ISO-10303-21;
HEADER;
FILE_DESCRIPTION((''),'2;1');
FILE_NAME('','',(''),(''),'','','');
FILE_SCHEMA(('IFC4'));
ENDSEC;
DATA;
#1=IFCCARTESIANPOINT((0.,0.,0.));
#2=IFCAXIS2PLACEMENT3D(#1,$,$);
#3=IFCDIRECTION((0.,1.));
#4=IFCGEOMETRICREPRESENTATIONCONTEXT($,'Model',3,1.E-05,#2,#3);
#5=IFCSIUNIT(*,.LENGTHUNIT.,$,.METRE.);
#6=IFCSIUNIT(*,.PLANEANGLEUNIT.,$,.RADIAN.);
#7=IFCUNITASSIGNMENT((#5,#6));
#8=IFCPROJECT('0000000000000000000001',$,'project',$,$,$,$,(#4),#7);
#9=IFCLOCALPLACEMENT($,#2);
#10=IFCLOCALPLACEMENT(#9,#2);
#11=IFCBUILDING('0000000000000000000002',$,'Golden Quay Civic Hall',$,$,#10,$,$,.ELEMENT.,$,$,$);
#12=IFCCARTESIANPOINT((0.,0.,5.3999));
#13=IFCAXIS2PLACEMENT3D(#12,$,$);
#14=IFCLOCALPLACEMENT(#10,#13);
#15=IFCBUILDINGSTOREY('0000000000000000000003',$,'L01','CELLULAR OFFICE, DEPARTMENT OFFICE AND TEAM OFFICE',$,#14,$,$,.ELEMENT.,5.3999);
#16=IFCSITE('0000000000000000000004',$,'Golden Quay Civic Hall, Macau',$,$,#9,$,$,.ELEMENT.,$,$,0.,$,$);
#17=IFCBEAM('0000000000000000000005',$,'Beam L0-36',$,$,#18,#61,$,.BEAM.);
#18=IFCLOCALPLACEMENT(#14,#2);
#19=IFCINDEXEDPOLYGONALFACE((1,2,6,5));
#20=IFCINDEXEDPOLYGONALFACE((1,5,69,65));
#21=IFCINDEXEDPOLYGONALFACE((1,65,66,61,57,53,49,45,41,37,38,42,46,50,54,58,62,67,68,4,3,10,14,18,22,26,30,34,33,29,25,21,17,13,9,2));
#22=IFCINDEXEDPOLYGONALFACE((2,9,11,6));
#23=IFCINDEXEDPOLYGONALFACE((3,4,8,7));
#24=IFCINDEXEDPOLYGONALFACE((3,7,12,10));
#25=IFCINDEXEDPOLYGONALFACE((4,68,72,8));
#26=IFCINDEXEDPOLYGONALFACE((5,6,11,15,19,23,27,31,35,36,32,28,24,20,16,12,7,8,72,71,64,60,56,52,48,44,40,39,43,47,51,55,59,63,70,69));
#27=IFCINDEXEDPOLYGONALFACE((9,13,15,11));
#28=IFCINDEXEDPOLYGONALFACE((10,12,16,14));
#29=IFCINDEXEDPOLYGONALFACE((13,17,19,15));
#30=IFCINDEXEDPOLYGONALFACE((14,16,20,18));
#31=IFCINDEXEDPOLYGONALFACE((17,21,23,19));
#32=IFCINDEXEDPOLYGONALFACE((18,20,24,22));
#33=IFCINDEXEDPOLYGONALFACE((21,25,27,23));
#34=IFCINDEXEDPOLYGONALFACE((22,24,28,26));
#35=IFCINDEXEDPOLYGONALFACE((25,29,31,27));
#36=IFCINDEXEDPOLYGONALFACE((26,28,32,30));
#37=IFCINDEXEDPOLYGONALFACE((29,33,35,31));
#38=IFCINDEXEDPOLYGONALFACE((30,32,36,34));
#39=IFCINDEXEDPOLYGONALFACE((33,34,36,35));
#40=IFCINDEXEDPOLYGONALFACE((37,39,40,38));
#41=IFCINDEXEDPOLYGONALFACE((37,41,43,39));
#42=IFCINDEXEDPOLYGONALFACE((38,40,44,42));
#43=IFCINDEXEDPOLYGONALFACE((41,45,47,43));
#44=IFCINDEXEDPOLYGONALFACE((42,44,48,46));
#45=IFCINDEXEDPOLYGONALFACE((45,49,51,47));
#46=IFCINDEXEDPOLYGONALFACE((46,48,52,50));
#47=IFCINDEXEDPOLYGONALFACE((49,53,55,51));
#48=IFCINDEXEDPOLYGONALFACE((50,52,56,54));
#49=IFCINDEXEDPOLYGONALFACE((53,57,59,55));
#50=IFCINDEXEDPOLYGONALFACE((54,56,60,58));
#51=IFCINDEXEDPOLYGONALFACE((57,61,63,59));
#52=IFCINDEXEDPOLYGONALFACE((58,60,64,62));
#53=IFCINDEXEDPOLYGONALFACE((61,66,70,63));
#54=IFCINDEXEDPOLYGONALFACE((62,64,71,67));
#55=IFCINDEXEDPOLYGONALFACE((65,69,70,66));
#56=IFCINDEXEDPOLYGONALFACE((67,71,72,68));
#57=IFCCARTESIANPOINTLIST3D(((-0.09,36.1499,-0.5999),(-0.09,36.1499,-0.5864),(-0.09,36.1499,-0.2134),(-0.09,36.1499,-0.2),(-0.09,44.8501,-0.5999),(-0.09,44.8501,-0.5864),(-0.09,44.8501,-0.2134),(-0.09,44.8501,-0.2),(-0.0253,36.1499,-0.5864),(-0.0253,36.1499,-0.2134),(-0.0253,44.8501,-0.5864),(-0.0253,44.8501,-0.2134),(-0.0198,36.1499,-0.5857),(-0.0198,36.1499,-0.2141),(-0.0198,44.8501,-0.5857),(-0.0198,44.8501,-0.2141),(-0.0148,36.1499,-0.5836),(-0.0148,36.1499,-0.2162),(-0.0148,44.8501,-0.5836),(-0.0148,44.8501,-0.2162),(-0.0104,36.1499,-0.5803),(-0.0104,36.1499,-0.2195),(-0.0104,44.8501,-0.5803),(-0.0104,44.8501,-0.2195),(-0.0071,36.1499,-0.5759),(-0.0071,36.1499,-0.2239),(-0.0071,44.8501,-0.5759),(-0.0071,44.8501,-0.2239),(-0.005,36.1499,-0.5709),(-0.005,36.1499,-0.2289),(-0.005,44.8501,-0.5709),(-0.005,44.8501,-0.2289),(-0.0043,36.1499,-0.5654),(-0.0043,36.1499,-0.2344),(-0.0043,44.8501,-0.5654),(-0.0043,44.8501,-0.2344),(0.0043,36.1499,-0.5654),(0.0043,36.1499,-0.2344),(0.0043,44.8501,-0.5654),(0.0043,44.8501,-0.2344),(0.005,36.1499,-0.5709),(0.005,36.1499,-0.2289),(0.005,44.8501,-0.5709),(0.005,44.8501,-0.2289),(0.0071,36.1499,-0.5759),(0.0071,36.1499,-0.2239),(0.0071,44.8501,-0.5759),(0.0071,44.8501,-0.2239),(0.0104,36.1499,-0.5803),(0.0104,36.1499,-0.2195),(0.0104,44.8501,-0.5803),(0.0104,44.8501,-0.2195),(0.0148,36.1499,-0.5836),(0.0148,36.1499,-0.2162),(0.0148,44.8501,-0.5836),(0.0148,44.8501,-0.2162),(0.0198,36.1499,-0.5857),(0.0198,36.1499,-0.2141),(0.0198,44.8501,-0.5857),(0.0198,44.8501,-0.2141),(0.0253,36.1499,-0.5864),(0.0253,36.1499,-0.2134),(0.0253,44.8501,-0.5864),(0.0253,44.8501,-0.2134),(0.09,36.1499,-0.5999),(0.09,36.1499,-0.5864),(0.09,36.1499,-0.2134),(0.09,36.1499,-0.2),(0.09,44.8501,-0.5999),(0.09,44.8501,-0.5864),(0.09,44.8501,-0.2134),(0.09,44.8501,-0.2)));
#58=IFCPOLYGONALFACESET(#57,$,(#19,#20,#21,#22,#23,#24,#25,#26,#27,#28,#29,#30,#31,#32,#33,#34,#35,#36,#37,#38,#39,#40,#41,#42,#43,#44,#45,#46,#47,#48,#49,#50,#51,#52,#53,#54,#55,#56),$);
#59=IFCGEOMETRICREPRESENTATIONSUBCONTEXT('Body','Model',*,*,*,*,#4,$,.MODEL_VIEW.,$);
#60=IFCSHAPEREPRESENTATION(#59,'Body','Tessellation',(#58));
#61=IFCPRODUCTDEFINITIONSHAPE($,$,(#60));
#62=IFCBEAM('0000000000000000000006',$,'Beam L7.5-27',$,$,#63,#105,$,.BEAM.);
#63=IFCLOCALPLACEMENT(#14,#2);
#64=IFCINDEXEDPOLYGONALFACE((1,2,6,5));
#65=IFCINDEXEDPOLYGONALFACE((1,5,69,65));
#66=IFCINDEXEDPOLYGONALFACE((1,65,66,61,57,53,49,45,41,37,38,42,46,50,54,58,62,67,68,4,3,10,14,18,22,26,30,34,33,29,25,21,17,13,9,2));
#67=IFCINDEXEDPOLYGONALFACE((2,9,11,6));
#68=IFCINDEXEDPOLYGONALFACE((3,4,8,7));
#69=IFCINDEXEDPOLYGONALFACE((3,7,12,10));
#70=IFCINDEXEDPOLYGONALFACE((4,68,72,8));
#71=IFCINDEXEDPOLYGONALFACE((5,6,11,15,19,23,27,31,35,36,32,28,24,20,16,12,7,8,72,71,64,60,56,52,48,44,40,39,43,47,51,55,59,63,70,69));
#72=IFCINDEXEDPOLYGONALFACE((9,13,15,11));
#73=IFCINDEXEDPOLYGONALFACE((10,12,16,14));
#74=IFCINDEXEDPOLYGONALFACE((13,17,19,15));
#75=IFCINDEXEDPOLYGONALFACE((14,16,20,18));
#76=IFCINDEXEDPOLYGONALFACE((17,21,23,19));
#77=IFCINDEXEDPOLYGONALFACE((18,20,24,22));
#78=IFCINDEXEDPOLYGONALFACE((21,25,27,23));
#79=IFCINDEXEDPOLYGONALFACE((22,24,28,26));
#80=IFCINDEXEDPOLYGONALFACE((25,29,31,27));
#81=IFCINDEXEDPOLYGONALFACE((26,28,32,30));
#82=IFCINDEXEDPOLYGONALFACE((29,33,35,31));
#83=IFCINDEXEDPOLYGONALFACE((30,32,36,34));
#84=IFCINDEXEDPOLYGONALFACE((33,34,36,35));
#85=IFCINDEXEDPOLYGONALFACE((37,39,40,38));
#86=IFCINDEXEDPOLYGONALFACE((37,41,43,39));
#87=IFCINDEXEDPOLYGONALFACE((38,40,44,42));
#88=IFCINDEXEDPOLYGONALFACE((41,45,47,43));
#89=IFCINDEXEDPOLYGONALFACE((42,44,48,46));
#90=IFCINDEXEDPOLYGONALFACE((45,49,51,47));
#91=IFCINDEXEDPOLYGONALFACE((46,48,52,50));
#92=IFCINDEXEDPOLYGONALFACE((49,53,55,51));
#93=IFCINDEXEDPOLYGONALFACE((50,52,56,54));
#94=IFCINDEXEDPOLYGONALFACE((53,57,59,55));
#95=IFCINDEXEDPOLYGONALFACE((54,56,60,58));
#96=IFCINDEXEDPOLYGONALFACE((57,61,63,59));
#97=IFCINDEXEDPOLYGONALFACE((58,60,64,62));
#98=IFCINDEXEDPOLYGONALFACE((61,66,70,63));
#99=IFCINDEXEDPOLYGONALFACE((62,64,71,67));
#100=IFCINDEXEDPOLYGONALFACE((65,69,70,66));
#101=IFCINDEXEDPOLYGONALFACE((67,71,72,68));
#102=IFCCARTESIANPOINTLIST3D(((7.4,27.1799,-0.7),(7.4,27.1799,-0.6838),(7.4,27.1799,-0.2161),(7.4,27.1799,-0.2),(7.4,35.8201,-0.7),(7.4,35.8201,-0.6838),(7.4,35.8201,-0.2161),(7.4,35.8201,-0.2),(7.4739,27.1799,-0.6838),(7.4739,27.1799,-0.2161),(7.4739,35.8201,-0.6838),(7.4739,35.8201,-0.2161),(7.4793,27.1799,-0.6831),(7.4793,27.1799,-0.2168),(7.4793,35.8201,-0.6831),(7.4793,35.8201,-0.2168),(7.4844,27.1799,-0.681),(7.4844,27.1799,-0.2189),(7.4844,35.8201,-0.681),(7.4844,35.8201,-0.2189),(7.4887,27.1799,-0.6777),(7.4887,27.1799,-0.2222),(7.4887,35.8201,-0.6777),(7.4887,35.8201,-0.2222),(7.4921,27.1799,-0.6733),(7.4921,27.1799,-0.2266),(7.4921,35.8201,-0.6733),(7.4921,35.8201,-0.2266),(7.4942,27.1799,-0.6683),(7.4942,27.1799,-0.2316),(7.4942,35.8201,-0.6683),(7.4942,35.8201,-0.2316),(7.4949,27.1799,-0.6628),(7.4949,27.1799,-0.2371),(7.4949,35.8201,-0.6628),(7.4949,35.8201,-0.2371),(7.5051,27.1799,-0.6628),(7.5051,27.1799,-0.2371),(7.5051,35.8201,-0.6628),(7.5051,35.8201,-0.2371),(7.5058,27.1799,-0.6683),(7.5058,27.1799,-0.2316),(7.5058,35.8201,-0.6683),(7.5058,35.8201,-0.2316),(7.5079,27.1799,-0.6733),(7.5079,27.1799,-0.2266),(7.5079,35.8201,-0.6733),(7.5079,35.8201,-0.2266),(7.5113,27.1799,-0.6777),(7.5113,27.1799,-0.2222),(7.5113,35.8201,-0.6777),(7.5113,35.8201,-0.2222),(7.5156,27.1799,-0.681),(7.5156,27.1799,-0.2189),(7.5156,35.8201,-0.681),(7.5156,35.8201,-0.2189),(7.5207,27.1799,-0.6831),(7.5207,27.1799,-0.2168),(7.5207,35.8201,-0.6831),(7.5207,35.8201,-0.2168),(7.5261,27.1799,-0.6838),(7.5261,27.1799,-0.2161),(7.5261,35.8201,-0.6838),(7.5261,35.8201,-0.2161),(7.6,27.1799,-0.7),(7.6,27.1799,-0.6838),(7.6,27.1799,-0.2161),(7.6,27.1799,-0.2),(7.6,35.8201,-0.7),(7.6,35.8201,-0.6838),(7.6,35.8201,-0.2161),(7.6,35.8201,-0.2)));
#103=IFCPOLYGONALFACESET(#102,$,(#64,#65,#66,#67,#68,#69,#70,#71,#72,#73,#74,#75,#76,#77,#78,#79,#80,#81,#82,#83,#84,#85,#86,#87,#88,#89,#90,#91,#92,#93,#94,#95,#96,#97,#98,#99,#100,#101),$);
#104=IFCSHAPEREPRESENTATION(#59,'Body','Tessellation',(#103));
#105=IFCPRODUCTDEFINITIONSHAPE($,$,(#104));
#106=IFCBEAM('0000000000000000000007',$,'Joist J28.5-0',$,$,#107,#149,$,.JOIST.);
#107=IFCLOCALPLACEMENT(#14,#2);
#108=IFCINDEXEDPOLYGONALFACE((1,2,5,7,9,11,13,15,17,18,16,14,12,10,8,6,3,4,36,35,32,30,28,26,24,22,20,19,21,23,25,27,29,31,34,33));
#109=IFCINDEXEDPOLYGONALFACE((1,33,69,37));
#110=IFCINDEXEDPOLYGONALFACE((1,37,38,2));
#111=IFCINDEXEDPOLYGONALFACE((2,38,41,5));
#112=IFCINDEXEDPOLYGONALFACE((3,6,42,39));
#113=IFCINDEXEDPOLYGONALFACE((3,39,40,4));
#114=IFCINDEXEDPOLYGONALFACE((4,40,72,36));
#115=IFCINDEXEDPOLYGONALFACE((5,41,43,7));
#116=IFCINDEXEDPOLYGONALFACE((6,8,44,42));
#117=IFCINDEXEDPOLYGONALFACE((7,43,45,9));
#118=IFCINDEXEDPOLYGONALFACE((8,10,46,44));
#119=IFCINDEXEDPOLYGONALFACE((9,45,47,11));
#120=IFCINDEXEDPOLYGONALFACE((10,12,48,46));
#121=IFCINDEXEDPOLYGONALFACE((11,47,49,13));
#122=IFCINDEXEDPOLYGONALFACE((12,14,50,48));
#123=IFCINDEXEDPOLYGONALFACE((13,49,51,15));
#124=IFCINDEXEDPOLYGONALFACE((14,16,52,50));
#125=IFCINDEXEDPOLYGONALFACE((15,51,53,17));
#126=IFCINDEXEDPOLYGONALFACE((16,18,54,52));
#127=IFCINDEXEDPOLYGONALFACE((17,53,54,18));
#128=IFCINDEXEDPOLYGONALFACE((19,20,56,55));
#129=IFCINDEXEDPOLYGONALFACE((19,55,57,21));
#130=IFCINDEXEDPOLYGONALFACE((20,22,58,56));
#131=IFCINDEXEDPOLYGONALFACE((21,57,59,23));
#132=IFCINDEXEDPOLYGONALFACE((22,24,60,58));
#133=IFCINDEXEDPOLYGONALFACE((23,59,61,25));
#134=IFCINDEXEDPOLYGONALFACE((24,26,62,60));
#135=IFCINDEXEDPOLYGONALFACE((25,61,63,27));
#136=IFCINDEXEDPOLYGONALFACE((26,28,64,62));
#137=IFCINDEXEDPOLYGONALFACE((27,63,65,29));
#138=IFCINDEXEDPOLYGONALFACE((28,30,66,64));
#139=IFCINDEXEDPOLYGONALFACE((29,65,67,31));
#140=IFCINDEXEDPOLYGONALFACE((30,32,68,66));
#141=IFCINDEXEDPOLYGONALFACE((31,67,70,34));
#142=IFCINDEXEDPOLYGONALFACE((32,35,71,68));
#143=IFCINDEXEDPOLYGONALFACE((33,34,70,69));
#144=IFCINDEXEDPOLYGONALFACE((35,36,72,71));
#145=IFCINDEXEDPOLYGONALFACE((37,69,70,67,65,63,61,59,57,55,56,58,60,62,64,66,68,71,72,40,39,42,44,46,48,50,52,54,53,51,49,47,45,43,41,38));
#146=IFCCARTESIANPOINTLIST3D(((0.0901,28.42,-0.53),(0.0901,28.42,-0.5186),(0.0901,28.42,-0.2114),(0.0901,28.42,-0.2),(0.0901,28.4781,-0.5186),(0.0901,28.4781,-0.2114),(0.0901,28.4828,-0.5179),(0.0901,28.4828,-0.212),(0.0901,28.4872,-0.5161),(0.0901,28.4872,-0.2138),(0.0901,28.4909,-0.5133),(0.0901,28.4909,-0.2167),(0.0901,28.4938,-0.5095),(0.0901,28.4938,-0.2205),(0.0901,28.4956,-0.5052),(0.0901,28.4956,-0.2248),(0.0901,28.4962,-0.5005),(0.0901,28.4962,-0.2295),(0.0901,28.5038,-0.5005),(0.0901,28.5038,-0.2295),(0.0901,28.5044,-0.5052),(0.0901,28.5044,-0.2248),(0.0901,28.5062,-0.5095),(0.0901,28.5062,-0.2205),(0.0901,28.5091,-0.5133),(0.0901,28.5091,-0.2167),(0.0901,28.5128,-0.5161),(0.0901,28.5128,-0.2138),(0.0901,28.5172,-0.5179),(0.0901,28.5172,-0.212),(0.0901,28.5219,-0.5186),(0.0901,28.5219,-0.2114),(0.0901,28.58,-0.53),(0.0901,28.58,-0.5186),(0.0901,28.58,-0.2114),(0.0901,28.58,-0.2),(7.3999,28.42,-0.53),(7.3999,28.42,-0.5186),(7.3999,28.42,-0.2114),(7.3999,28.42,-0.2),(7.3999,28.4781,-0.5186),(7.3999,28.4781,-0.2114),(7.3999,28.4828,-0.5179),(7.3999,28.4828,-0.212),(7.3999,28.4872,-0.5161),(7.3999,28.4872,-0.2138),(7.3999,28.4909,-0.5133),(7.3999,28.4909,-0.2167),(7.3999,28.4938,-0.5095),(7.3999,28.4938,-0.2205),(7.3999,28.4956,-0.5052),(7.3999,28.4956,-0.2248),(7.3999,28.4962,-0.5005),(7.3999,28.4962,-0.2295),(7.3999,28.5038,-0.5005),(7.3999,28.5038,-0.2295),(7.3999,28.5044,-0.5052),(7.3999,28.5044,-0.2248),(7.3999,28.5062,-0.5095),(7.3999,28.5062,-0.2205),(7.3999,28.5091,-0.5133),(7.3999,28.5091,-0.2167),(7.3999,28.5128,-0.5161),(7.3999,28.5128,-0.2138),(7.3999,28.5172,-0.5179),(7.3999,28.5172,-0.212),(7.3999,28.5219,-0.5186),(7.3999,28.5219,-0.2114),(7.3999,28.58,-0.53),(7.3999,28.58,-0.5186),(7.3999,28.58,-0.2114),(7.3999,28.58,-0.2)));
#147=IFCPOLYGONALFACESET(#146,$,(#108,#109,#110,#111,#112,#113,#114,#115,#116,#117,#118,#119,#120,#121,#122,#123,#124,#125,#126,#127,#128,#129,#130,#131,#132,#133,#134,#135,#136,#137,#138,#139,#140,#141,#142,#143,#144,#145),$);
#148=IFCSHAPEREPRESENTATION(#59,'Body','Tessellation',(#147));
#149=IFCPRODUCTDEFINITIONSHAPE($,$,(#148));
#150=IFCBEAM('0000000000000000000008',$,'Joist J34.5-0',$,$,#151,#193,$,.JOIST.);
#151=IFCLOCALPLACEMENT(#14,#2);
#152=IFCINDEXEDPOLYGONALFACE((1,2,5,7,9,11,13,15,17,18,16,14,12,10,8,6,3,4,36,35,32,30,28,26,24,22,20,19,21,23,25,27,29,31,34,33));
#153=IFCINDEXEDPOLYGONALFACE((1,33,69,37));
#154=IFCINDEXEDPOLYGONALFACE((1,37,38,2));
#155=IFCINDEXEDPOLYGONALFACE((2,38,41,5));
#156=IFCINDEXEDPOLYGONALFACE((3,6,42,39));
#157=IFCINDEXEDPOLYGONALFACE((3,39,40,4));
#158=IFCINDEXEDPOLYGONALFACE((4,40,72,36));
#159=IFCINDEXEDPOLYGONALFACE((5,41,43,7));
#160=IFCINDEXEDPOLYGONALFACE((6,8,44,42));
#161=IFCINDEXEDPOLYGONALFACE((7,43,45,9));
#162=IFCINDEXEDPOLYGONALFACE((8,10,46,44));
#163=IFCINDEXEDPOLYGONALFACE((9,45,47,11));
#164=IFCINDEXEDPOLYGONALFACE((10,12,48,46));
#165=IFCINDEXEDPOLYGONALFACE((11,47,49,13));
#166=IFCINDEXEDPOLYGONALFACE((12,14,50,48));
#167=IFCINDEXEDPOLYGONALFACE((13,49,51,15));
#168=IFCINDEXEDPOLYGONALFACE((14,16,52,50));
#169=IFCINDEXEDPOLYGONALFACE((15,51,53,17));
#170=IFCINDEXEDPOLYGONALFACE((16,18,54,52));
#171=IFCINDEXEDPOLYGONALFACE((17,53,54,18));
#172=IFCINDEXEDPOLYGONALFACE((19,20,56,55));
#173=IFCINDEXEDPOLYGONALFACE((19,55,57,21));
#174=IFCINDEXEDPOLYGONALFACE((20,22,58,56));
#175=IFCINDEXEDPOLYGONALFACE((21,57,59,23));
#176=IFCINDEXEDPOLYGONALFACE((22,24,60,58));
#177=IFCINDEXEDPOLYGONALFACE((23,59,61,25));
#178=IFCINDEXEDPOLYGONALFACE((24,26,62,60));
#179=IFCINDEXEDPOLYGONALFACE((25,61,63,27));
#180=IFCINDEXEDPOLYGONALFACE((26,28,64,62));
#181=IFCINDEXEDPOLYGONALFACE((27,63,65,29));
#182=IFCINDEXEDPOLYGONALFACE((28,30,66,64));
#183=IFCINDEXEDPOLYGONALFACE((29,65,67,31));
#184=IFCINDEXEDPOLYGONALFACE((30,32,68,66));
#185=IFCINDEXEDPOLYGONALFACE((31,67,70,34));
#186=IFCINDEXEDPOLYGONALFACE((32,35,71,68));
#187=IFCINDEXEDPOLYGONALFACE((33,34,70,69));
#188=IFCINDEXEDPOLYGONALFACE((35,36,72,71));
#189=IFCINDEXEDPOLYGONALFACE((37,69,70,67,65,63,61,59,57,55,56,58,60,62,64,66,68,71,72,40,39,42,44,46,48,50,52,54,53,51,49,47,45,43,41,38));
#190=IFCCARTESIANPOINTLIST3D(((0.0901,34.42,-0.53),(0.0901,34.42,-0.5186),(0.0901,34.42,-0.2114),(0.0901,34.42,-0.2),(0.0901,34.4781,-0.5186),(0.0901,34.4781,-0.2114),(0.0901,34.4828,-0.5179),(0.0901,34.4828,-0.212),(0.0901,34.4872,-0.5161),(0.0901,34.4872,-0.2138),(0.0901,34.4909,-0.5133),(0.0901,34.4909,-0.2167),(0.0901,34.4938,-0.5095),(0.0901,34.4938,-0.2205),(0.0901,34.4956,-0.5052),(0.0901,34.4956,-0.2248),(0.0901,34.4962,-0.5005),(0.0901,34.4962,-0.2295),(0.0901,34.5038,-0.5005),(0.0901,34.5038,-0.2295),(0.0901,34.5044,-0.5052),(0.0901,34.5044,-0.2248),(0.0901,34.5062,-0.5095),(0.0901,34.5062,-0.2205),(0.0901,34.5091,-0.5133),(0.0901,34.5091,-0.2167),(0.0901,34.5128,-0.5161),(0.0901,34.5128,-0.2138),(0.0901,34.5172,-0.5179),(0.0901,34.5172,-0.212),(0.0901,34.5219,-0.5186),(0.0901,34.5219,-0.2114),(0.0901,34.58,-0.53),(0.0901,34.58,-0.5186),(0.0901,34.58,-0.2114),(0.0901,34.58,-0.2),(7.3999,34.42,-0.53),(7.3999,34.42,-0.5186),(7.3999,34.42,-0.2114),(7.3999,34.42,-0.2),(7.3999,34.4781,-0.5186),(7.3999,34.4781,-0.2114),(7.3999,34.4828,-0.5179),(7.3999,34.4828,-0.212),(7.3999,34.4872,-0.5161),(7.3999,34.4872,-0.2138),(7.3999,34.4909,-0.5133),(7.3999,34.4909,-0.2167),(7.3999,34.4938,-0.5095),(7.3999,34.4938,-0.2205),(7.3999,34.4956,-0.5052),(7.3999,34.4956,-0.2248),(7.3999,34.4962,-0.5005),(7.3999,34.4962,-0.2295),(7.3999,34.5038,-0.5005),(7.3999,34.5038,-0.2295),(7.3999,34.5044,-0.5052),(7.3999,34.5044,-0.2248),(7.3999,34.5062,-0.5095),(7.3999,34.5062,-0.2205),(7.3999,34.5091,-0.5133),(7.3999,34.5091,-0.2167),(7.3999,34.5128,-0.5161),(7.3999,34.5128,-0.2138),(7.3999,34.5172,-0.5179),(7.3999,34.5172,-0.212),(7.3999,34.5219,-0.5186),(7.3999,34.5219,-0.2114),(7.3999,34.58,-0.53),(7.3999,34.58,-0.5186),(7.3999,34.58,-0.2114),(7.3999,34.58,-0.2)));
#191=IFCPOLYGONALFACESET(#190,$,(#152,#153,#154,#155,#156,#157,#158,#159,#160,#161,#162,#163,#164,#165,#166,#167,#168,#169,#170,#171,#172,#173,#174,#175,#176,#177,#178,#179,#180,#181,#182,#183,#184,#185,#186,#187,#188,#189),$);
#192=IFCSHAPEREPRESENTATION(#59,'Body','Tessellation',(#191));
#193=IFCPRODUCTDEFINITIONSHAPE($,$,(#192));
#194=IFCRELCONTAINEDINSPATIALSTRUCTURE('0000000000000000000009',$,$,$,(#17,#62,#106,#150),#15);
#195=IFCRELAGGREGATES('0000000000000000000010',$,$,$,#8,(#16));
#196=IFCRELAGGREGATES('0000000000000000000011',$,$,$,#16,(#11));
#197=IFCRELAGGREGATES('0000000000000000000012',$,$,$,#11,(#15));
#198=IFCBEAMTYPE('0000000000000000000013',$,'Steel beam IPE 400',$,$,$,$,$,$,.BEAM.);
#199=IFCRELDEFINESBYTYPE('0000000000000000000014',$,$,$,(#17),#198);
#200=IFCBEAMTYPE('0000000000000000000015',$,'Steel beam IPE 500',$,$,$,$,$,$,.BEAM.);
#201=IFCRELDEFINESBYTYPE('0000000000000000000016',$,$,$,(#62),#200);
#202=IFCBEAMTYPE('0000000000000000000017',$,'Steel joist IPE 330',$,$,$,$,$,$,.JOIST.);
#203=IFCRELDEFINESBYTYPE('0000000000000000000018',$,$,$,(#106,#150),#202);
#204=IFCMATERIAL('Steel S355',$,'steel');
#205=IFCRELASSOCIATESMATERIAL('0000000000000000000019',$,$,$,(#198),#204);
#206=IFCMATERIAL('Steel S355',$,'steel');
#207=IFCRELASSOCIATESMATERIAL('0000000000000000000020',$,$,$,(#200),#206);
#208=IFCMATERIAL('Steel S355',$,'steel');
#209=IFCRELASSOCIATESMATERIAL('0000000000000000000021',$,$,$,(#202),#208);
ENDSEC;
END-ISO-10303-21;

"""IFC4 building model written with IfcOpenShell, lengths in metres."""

from ifc_helpers import new_model, si_unit, direction, frame, origin, origin_2d, place, context, subcontext, project, spatial, i_section, extrude, material, material_profile, profile_set, type_object, element, save


model = new_model("IFC4")

# Units and contexts
model_context = context("Model", 3, precision=1e-05, world=origin(), true_north=direction((0.0, 1.0)))
body_context = subcontext(model_context, "Body", "Model", "MODEL_VIEW")
ifc_project = project(units=[si_unit("LENGTHUNIT", "METRE"), si_unit("PLANEANGLEUNIT", "RADIAN")], contexts=[model_context])

# Site, building, storey
site_placement = place(None, origin())
site = spatial("IfcSite", under=ifc_project, at=site_placement, Name="Golden Quay Civic Hall, Macau", CompositionType="ELEMENT", RefElevation=0.0)
building_placement = place(site_placement, origin())
building = spatial("IfcBuilding", under=site, at=building_placement, Name="Golden Quay Civic Hall", CompositionType="ELEMENT")
storey_placement = place(building_placement, frame((0.0, 0.0, 5.3999)))
storey = spatial("IfcBuildingStorey", under=building, at=storey_placement, Name="L01", Description="CELLULAR OFFICE, DEPARTMENT OFFICE AND TEAM OFFICE", CompositionType="ELEMENT", Elevation=5.3999)

# Beams
ifc_material_1 = material(Name="Steel S355", Category="steel")
ifc_material_profile_1 = material_profile(ifc_material_1, i_section(OverallWidth=0.1799, OverallDepth=0.3999, WebThickness=0.0085, FlangeThickness=0.0134, FilletRadius=0.021, at=origin_2d()), Name="IPE 400")
ifc_profile_set_1 = profile_set([ifc_material_profile_1], Name="Steel S355")
beam_type_1 = type_object("IfcBeamType", Name="Steel beam IPE 400", PredefinedType="BEAM", material=ifc_profile_set_1)
for number, where, z_axis, x_axis, name in (
    (1, (0.0, 36.1499, -0.3999), (0.0, 1.0, 0.0), (-1.0, 0.0, 0.0), "Beam L0-36"),
):
    element("IfcBeam", number, at=place(storey_placement, frame(where, z_axis=z_axis, x_axis=x_axis)), inside=storey, type_object=beam_type_1, Name=name, PredefinedType="BEAM", context=body_context, shape_type="SweptSolid", body=[
        extrude(i_section(OverallWidth=0.1799, OverallDepth=0.3999, WebThickness=0.0085, FlangeThickness=0.0134, FilletRadius=0.021, at=origin_2d()), origin(), (0.0, 0.0, 1.0), 8.7002),
    ])
ifc_material_2 = material(Name="Steel S355", Category="steel")
ifc_material_profile_2 = material_profile(ifc_material_2, i_section(OverallWidth=0.2, OverallDepth=0.5, WebThickness=0.0103, FlangeThickness=0.0161, FilletRadius=0.021, at=origin_2d()), Name="IPE 500")
ifc_profile_set_2 = profile_set([ifc_material_profile_2], Name="Steel S355")
beam_type_2 = type_object("IfcBeamType", Name="Steel beam IPE 500", PredefinedType="BEAM", material=ifc_profile_set_2)
beam_1_placement = place(storey_placement, frame((7.5, 27.1799, -0.45), z_axis=(0.0, 1.0, 0.0), x_axis=(-1.0, 0.0, 0.0)))
element("IfcBeam", 2, at=beam_1_placement, inside=storey, type_object=beam_type_2, Name="Beam L7.5-27", PredefinedType="BEAM", context=body_context, shape_type="SweptSolid", body=[
    extrude(i_section(OverallWidth=0.2, OverallDepth=0.5, WebThickness=0.0103, FlangeThickness=0.0161, FilletRadius=0.021, at=origin_2d()), origin(), (0.0, 0.0, 1.0), 8.6401),
])
ifc_material_3 = material(Name="Steel S355", Category="steel")
ifc_material_profile_3 = material_profile(ifc_material_3, i_section(OverallWidth=0.1599, OverallDepth=0.3301, WebThickness=0.0076, FlangeThickness=0.0115, FilletRadius=0.0181, at=origin_2d()), Name="IPE 330")
ifc_profile_set_3 = profile_set([ifc_material_profile_3], Name="Steel S355")
beam_type_3 = type_object("IfcBeamType", Name="Steel joist IPE 330", PredefinedType="JOIST", material=ifc_profile_set_3)
for number, where, z_axis, x_axis, name in (
    (3, (0.0901, 28.5, -0.365), (1.0, 0.0, 0.0), (0.0, 1.0, 0.0), "Joist J28.5-0"),
    (4, (0.0901, 34.5, -0.365), (1.0, 0.0, 0.0), (0.0, 1.0, 0.0), "Joist J34.5-0"),
):
    element("IfcBeam", number, at=place(storey_placement, frame(where, z_axis=z_axis, x_axis=x_axis)), inside=storey, type_object=beam_type_3, Name=name, PredefinedType="JOIST", context=body_context, shape_type="SweptSolid", body=[
        extrude(i_section(OverallWidth=0.1599, OverallDepth=0.3301, WebThickness=0.0076, FlangeThickness=0.0115, FilletRadius=0.0181, at=origin_2d()), origin(), (0.0, 0.0, 1.0), 7.3098),
    ])

save(model, "model.ifc")
